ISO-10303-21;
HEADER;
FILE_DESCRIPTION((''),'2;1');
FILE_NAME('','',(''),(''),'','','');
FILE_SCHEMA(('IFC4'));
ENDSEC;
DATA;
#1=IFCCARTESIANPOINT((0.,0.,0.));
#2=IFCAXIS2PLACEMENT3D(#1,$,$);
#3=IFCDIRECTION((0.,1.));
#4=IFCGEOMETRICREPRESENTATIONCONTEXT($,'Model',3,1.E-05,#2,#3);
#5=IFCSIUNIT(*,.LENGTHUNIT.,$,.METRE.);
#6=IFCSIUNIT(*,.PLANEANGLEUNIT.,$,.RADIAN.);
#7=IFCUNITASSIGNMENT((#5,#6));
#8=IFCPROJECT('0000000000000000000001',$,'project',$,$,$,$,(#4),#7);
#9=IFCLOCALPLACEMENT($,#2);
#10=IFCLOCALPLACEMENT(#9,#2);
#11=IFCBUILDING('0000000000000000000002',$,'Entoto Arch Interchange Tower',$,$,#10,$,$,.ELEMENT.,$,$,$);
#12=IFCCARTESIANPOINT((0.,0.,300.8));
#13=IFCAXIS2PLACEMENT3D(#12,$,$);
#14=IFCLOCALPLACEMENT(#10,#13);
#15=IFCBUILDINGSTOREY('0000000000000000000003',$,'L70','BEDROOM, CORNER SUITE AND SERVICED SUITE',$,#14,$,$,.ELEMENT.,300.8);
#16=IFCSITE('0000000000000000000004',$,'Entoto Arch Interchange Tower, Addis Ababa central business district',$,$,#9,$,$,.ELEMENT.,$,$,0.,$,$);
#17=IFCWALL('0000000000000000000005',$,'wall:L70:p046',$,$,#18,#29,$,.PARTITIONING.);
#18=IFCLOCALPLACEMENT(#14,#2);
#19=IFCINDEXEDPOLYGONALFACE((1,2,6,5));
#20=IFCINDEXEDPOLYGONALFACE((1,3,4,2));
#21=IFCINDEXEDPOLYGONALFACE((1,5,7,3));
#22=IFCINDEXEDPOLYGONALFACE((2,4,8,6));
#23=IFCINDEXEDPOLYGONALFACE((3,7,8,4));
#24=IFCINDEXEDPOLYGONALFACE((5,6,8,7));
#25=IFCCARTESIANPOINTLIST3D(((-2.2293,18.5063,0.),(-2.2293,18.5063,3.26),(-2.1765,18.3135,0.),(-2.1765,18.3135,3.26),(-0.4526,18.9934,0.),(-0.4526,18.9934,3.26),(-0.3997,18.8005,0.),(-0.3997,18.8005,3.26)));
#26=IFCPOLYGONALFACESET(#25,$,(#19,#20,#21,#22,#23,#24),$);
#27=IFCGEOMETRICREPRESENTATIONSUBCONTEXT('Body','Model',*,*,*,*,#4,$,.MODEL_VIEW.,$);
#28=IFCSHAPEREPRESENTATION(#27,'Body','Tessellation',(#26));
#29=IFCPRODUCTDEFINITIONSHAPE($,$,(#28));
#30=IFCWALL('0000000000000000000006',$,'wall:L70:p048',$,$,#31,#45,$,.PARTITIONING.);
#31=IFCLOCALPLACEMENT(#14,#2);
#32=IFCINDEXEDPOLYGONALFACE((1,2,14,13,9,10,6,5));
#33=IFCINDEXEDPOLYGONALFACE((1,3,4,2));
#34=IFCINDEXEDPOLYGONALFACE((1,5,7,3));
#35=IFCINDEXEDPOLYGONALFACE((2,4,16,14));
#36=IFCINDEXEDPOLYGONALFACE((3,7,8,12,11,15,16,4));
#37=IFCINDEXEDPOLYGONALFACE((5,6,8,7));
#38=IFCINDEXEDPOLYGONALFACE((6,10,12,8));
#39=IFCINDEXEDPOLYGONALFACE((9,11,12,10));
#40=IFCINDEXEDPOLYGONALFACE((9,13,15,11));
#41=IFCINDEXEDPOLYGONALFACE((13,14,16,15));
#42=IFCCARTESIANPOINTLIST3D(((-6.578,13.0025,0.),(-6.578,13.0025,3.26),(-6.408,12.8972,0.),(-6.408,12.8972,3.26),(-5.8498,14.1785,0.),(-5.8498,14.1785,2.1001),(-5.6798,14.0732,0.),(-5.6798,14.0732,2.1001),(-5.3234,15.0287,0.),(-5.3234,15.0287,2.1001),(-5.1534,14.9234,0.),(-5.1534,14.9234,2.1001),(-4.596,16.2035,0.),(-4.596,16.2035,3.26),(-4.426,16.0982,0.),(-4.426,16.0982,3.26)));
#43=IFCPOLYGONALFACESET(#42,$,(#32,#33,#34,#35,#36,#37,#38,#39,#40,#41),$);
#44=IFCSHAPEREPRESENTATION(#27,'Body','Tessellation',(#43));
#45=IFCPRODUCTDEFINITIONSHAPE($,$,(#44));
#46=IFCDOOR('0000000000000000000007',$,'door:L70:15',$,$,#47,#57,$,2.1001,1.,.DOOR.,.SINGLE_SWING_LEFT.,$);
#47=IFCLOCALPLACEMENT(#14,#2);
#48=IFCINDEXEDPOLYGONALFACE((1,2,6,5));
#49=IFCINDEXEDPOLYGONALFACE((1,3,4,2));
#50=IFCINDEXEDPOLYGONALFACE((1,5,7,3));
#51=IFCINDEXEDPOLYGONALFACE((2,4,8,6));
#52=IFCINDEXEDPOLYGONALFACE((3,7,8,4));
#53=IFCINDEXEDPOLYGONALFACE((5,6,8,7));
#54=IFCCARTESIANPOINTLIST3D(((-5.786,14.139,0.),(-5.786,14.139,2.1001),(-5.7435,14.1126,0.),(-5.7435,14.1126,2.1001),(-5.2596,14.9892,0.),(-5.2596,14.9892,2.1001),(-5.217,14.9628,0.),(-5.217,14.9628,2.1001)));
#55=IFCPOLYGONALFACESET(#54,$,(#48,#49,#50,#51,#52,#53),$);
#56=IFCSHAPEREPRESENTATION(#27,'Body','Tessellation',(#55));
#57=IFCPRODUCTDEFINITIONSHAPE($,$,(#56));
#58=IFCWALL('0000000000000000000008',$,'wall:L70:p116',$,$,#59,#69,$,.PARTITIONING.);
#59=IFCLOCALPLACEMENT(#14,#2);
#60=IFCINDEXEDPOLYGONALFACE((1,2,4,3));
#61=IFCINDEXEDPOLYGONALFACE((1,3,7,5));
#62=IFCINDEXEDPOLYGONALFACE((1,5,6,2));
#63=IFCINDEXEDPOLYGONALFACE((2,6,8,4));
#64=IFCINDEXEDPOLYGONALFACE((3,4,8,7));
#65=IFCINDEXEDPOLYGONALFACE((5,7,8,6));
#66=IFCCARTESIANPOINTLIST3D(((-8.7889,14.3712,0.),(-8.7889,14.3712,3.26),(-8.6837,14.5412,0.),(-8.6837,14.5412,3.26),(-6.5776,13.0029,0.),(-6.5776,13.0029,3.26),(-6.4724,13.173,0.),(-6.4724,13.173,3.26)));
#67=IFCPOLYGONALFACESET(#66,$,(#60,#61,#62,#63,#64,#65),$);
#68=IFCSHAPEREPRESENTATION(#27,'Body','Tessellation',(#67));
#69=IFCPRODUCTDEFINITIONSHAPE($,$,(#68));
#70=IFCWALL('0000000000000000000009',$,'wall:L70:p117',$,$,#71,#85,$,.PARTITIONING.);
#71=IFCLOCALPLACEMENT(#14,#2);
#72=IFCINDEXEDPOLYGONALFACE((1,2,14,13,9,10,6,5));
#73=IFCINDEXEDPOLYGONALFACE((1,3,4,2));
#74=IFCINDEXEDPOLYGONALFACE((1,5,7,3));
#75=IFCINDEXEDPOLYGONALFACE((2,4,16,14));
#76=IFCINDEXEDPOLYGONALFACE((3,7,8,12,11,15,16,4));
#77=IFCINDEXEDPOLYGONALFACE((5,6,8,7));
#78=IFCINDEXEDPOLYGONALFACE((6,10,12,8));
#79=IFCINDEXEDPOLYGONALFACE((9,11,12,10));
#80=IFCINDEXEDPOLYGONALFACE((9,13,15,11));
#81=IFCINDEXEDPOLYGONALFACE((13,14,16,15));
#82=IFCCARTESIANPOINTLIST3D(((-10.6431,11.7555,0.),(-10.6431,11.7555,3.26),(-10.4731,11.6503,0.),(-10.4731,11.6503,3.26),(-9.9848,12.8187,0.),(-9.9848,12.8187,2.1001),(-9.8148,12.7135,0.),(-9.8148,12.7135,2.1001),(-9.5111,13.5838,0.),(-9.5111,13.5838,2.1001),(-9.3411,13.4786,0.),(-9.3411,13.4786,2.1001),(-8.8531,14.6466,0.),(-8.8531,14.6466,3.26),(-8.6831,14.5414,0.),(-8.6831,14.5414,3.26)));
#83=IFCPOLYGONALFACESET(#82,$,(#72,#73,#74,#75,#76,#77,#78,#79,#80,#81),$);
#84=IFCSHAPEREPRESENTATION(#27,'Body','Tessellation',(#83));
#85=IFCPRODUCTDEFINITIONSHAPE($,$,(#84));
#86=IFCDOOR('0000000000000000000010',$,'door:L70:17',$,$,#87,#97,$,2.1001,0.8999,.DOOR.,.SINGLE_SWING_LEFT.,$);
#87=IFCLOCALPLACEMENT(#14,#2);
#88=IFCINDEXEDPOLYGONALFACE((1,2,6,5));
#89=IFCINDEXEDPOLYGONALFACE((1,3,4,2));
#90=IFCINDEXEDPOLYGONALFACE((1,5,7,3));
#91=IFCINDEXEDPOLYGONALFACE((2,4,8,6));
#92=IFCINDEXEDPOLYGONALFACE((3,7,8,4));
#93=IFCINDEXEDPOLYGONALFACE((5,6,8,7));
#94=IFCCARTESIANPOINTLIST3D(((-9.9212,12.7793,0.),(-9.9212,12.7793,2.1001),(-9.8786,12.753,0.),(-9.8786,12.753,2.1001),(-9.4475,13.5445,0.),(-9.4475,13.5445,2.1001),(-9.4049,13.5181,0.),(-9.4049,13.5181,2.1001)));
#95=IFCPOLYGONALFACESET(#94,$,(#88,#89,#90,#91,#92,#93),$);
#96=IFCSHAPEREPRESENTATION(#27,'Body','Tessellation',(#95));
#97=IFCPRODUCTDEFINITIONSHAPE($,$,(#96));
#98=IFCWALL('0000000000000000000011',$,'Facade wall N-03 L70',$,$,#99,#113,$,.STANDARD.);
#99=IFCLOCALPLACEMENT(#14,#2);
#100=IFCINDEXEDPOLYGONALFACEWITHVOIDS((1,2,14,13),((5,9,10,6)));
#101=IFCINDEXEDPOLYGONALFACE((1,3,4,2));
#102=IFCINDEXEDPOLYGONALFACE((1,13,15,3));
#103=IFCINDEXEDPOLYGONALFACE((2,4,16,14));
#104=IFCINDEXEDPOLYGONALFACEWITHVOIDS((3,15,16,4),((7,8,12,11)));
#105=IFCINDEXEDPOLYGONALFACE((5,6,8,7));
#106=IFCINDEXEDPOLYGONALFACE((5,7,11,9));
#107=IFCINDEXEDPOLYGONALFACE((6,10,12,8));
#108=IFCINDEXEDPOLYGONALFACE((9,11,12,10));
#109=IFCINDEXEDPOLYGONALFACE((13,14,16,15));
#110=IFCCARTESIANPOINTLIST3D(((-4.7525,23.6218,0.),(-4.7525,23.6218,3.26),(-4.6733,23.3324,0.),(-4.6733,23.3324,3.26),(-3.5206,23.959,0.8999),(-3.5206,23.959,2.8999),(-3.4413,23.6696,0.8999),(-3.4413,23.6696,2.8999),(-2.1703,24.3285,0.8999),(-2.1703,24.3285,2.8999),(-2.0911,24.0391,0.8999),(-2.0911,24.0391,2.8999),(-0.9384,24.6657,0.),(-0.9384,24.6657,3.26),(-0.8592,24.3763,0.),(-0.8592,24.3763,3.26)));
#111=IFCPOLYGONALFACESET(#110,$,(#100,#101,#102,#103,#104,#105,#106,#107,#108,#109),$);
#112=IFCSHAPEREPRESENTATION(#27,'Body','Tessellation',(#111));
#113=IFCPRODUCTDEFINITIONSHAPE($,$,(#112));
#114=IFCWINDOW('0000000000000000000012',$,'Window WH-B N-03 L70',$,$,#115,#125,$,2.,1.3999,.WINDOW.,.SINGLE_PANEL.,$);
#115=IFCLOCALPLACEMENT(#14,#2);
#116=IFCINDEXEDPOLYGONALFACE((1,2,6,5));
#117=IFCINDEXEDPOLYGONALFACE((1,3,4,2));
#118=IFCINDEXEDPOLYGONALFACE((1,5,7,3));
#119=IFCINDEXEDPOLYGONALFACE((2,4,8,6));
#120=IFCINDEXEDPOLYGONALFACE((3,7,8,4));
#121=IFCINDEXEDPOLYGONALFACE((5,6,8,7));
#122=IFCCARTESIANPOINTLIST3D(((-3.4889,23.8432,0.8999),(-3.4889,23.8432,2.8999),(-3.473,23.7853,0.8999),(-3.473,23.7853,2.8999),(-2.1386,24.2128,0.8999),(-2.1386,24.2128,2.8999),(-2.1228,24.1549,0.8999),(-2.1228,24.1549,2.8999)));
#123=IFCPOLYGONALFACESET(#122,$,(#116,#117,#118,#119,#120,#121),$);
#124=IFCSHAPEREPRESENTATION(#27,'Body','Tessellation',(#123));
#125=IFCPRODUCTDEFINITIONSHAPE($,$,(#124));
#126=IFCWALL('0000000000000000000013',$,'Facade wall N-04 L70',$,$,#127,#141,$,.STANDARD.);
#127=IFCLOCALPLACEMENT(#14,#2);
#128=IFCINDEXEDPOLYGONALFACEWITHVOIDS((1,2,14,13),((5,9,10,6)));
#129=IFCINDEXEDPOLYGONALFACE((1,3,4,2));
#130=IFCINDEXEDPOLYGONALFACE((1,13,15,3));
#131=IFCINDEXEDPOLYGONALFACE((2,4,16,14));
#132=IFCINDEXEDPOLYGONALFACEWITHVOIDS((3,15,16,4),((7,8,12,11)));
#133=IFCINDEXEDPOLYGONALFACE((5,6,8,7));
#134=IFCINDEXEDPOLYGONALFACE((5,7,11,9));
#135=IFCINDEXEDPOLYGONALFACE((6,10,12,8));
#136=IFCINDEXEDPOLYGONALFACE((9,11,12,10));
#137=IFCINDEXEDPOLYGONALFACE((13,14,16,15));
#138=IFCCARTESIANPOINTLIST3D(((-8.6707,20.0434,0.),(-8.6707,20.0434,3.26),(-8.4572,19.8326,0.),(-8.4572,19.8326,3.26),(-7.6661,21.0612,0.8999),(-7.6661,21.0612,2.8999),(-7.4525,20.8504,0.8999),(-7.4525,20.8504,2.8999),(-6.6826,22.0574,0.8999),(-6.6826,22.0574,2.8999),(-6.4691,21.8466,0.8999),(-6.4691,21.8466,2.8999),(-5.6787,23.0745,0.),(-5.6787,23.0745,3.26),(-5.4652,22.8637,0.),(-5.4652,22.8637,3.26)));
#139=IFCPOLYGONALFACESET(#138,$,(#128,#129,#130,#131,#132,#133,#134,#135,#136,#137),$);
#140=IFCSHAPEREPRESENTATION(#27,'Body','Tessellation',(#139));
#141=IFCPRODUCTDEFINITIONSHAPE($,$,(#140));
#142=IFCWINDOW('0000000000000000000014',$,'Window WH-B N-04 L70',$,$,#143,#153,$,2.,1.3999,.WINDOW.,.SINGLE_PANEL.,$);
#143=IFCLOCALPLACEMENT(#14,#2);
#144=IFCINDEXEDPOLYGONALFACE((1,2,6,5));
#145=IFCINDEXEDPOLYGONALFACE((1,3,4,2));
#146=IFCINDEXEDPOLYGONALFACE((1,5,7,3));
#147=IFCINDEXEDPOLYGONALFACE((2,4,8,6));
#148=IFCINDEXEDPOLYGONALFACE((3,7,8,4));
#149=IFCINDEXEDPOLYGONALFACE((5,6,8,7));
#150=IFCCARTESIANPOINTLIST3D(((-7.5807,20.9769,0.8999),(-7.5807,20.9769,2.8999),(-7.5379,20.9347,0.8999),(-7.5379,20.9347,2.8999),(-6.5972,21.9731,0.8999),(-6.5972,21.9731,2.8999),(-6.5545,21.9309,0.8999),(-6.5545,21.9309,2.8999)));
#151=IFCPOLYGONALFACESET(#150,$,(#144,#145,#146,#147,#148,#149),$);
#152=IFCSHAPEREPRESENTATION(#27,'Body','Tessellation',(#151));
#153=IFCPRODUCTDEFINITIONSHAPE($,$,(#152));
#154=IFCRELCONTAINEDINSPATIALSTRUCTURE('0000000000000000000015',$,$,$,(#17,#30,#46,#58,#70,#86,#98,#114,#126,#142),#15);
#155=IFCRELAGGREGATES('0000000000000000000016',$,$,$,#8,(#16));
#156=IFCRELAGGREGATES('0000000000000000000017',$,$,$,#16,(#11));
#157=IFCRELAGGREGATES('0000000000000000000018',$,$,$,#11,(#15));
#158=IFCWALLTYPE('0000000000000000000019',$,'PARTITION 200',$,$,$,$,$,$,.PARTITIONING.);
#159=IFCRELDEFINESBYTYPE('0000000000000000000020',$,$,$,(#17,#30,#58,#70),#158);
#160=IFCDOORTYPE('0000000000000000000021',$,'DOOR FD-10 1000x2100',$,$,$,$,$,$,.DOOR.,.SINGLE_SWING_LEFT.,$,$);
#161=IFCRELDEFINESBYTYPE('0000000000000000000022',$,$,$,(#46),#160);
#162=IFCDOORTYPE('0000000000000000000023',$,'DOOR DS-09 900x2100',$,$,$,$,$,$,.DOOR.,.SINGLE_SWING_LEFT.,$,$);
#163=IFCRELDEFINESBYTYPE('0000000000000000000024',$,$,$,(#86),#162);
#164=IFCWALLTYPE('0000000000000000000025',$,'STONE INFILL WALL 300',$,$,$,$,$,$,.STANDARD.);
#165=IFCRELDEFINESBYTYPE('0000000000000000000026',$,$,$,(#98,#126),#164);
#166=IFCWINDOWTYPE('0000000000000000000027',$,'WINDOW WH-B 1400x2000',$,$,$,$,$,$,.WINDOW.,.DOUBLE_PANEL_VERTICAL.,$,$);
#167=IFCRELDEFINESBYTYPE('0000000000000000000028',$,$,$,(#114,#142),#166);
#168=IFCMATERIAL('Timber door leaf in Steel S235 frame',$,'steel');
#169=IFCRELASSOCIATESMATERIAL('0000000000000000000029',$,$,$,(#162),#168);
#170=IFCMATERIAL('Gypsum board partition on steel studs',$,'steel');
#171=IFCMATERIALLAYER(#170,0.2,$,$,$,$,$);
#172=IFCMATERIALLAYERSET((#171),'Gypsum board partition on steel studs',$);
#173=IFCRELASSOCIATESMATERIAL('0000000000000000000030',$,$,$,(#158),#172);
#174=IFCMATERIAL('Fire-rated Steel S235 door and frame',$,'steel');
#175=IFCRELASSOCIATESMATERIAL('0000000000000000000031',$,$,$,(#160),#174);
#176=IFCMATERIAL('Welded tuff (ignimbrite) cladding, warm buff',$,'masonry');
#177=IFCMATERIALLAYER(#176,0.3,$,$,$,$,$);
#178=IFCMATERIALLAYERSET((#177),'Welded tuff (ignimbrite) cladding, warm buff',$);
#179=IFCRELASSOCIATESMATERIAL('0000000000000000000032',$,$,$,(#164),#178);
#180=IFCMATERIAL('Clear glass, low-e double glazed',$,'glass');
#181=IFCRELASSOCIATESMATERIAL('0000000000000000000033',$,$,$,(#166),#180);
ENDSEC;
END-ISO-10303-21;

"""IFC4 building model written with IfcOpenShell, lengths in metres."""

from ifc_helpers import new_model, si_unit, direction, frame, frame_2d, origin, place, context, subcontext, project, spatial, rectangle, extrude, material, layer, layer_set, type_object, element, fill, save


model = new_model("IFC4")

# Units and contexts
model_context = context("Model", 3, precision=1e-05, world=origin(), true_north=direction((0.0, 1.0)))
body_context = subcontext(model_context, "Body", "Model", "MODEL_VIEW")
ifc_project = project(units=[si_unit("LENGTHUNIT", "METRE"), si_unit("PLANEANGLEUNIT", "RADIAN")], contexts=[model_context])

# Site, building, storey
site_placement = place(None, origin())
site = spatial("IfcSite", under=ifc_project, at=site_placement, Name="Entoto Arch Interchange Tower, Addis Ababa central business district", CompositionType="ELEMENT", RefElevation=0.0)
building_placement = place(site_placement, origin())
building = spatial("IfcBuilding", under=site, at=building_placement, Name="Entoto Arch Interchange Tower", CompositionType="ELEMENT")
storey_placement = place(building_placement, frame((0.0, 0.0, 300.8)))
storey = spatial("IfcBuildingStorey", under=building, at=storey_placement, Name="L70", Description="BEDROOM, CORNER SUITE AND SERVICED SUITE", CompositionType="ELEMENT", Elevation=300.8)

# Shared definitions
ifc_material_1 = material(Name="Gypsum board partition on steel studs", Category="steel")
ifc_material_2 = material(Name="Timber door leaf in Steel S235 frame", Category="steel")
door_type_1 = type_object("IfcDoorType", Name="DOOR DS-09 900x2100", OperationType="SINGLE_SWING_LEFT", PredefinedType="DOOR", material=ifc_material_2)

# Shared definitions
ifc_layer_1 = layer(ifc_material_1, 0.2)
ifc_layer_set_1 = layer_set([ifc_layer_1], Name="Gypsum board partition on steel studs")
wall_type_1 = type_object("IfcWallType", Name="PARTITION 200", PredefinedType="PARTITIONING", material=ifc_layer_set_1)

# Wall
wall_1_placement = place(storey_placement, frame((-2.2029, 18.4099, 0.0), z_axis=(0.0, 0.0, 1.0), x_axis=(0.964424, 0.264362, 0.0)))
element("IfcWall", 1, at=wall_1_placement, inside=storey, type_object=wall_type_1, Name="wall:L70:p046", PredefinedType="PARTITIONING", context=body_context, shape_type="SweptSolid", body=[
    extrude(rectangle(XDim=1.8423, YDim=0.2, at=frame_2d((0.9211, 0.0))), origin(), (0.0, 0.0, 1.0), 3.26),
])

# Wall, opening, door
wall_2_placement = place(storey_placement, frame((-6.4929, 12.95, 0.0), z_axis=(0.0, 0.0, 1.0), x_axis=(0.526433, 0.850217, 0.0)))
wall_2 = element("IfcWall", 2, at=wall_2_placement, inside=storey, type_object=wall_type_1, Name="wall:L70:p048", PredefinedType="PARTITIONING", context=body_context, shape_type="SweptSolid", body=[
    extrude(rectangle(XDim=3.7649, YDim=0.2, at=frame_2d((1.8823, 0.0))), origin(), (0.0, 0.0, 1.0), 3.26),
])
opening_1_placement = place(wall_2_placement, frame((1.3831, 0.0, 0.0)))
opening_1 = element("IfcOpeningElement", 3, at=opening_1_placement, cuts=wall_2, PredefinedType="OPENING", context=body_context, shape_type="SweptSolid", body=[
    extrude(rectangle(XDim=1.0, YDim=2.1001, at=frame_2d((0.5, 1.05))), frame((0.0, 0.1099, 0.0), z_axis=(0.0, -1.0, 0.0), x_axis=(1.0, 0.0, 0.0)), (0.0, 0.0, 1.0), 0.22),
])
ifc_material_3 = material(Name="Fire-rated Steel S235 door and frame", Category="steel")
door_type_2 = type_object("IfcDoorType", Name="DOOR FD-10 1000x2100", OperationType="SINGLE_SWING_LEFT", PredefinedType="DOOR", material=ifc_material_3)
door_1_placement = place(opening_1_placement, origin())
door_1 = element("IfcDoor", 4, at=door_1_placement, inside=storey, type_object=door_type_2, Name="door:L70:15", OperationType="SINGLE_SWING_LEFT", OverallHeight=2.1001, OverallWidth=1.0, PredefinedType="DOOR", context=body_context, shape_type="SweptSolid", body=[
    extrude(rectangle(XDim=1.0, YDim=2.1001, at=frame_2d((0.5, 1.05))), frame((0.0, 0.0249, 0.0), z_axis=(0.0, -1.0, 0.0), x_axis=(1.0, 0.0, 0.0)), (0.0, 0.0, 1.0), 0.05),
])
fill(opening_1, door_1)

# Wall
wall_3_placement = place(storey_placement, frame((-6.5249, 13.0879, 0.0), z_axis=(0.0, 0.0, 1.0), x_axis=(-0.850379, 0.52617, 0.0)))
element("IfcWall", 5, at=wall_3_placement, inside=storey, type_object=wall_type_1, Name="wall:L70:p116", PredefinedType="PARTITIONING", context=body_context, shape_type="SweptSolid", body=[
    extrude(rectangle(XDim=2.6003, YDim=0.2, at=frame_2d((1.3003, 0.0))), origin(), (0.0, 0.0, 1.0), 3.26),
])

# Wall, opening, door
wall_4_placement = place(storey_placement, frame((-8.7681, 14.594, 0.0), z_axis=(0.0, 0.0, 1.0), x_axis=(-0.526419, -0.850225, 0.0)))
wall_4 = element("IfcWall", 6, at=wall_4_placement, inside=storey, type_object=wall_type_1, Name="wall:L70:p117", PredefinedType="PARTITIONING", context=body_context, shape_type="SweptSolid", body=[
    extrude(rectangle(XDim=3.4004, YDim=0.2, at=frame_2d((1.7002, 0.0))), origin(), (0.0, 0.0, 1.0), 3.26),
])
opening_2_placement = place(wall_4_placement, frame((1.25, 0.0, 0.0)))
opening_2 = element("IfcOpeningElement", 7, at=opening_2_placement, cuts=wall_4, PredefinedType="OPENING", context=body_context, shape_type="SweptSolid", body=[
    extrude(rectangle(XDim=0.8999, YDim=2.1001, at=frame_2d((0.45, 1.05))), frame((0.0, 0.1099, 0.0), z_axis=(0.0, -1.0, 0.0), x_axis=(1.0, 0.0, 0.0)), (0.0, 0.0, 1.0), 0.22),
])
door_2_placement = place(opening_2_placement, origin())
door_2 = element("IfcDoor", 8, at=door_2_placement, inside=storey, type_object=door_type_1, Name="door:L70:17", OperationType="SINGLE_SWING_LEFT", OverallHeight=2.1001, OverallWidth=0.8999, PredefinedType="DOOR", context=body_context, shape_type="SweptSolid", body=[
    extrude(rectangle(XDim=0.8999, YDim=2.1001, at=frame_2d((0.45, 1.05))), frame((0.0, 0.0249, 0.0), z_axis=(0.0, -1.0, 0.0), x_axis=(1.0, 0.0, 0.0)), (0.0, 0.0, 1.0), 0.05),
])
fill(opening_2, door_2)

# Walls, openings, windows
ifc_material_4 = material(Name="Welded tuff (ignimbrite) cladding, warm buff", Category="masonry")
ifc_layer_2 = layer(ifc_material_4, 0.3)
ifc_layer_set_2 = layer_set([ifc_layer_2], Name="Welded tuff (ignimbrite) cladding, warm buff")
wall_type_2 = type_object("IfcWallType", Name="STONE INFILL WALL 300", PredefinedType="STANDARD", material=ifc_layer_set_2)
wall_5_placement = place(storey_placement, frame((-0.8989, 24.521, 0.0), z_axis=(0.0, 0.0, 1.0), x_axis=(-0.964521, -0.264005, 0.0)))
wall_5 = element("IfcWall", 9, at=wall_5_placement, inside=storey, type_object=wall_type_2, Name="Facade wall N-03 L70", PredefinedType="STANDARD", context=body_context, shape_type="SweptSolid", body=[
    extrude(rectangle(XDim=3.9543, YDim=0.3, at=frame_2d((1.9771, 0.0))), origin(), (0.0, 0.0, 1.0), 3.26),
])
opening_3_placement = place(wall_5_placement, frame((1.2771, 0.0, 0.8999)))
opening_3 = element("IfcOpeningElement", 10, at=opening_3_placement, cuts=wall_5, PredefinedType="OPENING", context=body_context, shape_type="SweptSolid", body=[
    extrude(rectangle(XDim=1.3999, YDim=2.0, at=frame_2d((0.7, 1.0))), frame((0.0, 0.1602, 0.0), z_axis=(0.0, -1.0, 0.0), x_axis=(1.0, 0.0, 0.0)), (0.0, 0.0, 1.0), 0.3201),
])
ifc_material_5 = material(Name="Clear glass, low-e double glazed", Category="glass")
window_type_1 = type_object("IfcWindowType", Name="WINDOW WH-B 1400x2000", PartitioningType="DOUBLE_PANEL_VERTICAL", PredefinedType="WINDOW", material=ifc_material_5)
window_1_placement = place(opening_3_placement, origin())
window_1 = element("IfcWindow", 11, at=window_1_placement, inside=storey, type_object=window_type_1, Name="Window WH-B N-03 L70", OverallHeight=2.0, OverallWidth=1.3999, PartitioningType="SINGLE_PANEL", PredefinedType="WINDOW", context=body_context, shape_type="SweptSolid", body=[
    extrude(rectangle(XDim=1.3999, YDim=2.0, at=frame_2d((0.7, 1.0))), frame((0.0, 0.03, 0.0), z_axis=(0.0, -1.0, 0.0), x_axis=(1.0, 0.0, 0.0)), (0.0, 0.0, 1.0), 0.0601),
])
fill(opening_3, window_1)
wall_6_placement = place(storey_placement, frame((-5.572, 22.969, 0.0), z_axis=(0.0, 0.0, 1.0), x_axis=(-0.702506, -0.711678, 0.0)))
wall_6 = element("IfcWall", 12, at=wall_6_placement, inside=storey, type_object=wall_type_2, Name="Facade wall N-04 L70", PredefinedType="STANDARD", context=body_context, shape_type="SweptSolid", body=[
    extrude(rectangle(XDim=4.259, YDim=0.3, at=frame_2d((2.1294, 0.0))), origin(), (0.0, 0.0, 1.0), 3.26),
])
opening_4_placement = place(wall_6_placement, frame((1.429, 0.0, 0.8999)))
opening_4 = element("IfcOpeningElement", 13, at=opening_4_placement, cuts=wall_6, PredefinedType="OPENING", context=body_context, shape_type="SweptSolid", body=[
    extrude(rectangle(XDim=1.3999, YDim=2.0, at=frame_2d((0.7, 1.0))), frame((0.0, 0.1602, 0.0), z_axis=(0.0, -1.0, 0.0), x_axis=(1.0, 0.0, 0.0)), (0.0, 0.0, 1.0), 0.3201),
])
window_2_placement = place(opening_4_placement, origin())
window_2 = element("IfcWindow", 14, at=window_2_placement, inside=storey, type_object=window_type_1, Name="Window WH-B N-04 L70", OverallHeight=2.0, OverallWidth=1.3999, PartitioningType="SINGLE_PANEL", PredefinedType="WINDOW", context=body_context, shape_type="SweptSolid", body=[
    extrude(rectangle(XDim=1.3999, YDim=2.0, at=frame_2d((0.7, 1.0))), frame((0.0, 0.03, 0.0), z_axis=(0.0, -1.0, 0.0), x_axis=(1.0, 0.0, 0.0)), (0.0, 0.0, 1.0), 0.0601),
])
fill(opening_4, window_2)

save(model, "model.ifc")
